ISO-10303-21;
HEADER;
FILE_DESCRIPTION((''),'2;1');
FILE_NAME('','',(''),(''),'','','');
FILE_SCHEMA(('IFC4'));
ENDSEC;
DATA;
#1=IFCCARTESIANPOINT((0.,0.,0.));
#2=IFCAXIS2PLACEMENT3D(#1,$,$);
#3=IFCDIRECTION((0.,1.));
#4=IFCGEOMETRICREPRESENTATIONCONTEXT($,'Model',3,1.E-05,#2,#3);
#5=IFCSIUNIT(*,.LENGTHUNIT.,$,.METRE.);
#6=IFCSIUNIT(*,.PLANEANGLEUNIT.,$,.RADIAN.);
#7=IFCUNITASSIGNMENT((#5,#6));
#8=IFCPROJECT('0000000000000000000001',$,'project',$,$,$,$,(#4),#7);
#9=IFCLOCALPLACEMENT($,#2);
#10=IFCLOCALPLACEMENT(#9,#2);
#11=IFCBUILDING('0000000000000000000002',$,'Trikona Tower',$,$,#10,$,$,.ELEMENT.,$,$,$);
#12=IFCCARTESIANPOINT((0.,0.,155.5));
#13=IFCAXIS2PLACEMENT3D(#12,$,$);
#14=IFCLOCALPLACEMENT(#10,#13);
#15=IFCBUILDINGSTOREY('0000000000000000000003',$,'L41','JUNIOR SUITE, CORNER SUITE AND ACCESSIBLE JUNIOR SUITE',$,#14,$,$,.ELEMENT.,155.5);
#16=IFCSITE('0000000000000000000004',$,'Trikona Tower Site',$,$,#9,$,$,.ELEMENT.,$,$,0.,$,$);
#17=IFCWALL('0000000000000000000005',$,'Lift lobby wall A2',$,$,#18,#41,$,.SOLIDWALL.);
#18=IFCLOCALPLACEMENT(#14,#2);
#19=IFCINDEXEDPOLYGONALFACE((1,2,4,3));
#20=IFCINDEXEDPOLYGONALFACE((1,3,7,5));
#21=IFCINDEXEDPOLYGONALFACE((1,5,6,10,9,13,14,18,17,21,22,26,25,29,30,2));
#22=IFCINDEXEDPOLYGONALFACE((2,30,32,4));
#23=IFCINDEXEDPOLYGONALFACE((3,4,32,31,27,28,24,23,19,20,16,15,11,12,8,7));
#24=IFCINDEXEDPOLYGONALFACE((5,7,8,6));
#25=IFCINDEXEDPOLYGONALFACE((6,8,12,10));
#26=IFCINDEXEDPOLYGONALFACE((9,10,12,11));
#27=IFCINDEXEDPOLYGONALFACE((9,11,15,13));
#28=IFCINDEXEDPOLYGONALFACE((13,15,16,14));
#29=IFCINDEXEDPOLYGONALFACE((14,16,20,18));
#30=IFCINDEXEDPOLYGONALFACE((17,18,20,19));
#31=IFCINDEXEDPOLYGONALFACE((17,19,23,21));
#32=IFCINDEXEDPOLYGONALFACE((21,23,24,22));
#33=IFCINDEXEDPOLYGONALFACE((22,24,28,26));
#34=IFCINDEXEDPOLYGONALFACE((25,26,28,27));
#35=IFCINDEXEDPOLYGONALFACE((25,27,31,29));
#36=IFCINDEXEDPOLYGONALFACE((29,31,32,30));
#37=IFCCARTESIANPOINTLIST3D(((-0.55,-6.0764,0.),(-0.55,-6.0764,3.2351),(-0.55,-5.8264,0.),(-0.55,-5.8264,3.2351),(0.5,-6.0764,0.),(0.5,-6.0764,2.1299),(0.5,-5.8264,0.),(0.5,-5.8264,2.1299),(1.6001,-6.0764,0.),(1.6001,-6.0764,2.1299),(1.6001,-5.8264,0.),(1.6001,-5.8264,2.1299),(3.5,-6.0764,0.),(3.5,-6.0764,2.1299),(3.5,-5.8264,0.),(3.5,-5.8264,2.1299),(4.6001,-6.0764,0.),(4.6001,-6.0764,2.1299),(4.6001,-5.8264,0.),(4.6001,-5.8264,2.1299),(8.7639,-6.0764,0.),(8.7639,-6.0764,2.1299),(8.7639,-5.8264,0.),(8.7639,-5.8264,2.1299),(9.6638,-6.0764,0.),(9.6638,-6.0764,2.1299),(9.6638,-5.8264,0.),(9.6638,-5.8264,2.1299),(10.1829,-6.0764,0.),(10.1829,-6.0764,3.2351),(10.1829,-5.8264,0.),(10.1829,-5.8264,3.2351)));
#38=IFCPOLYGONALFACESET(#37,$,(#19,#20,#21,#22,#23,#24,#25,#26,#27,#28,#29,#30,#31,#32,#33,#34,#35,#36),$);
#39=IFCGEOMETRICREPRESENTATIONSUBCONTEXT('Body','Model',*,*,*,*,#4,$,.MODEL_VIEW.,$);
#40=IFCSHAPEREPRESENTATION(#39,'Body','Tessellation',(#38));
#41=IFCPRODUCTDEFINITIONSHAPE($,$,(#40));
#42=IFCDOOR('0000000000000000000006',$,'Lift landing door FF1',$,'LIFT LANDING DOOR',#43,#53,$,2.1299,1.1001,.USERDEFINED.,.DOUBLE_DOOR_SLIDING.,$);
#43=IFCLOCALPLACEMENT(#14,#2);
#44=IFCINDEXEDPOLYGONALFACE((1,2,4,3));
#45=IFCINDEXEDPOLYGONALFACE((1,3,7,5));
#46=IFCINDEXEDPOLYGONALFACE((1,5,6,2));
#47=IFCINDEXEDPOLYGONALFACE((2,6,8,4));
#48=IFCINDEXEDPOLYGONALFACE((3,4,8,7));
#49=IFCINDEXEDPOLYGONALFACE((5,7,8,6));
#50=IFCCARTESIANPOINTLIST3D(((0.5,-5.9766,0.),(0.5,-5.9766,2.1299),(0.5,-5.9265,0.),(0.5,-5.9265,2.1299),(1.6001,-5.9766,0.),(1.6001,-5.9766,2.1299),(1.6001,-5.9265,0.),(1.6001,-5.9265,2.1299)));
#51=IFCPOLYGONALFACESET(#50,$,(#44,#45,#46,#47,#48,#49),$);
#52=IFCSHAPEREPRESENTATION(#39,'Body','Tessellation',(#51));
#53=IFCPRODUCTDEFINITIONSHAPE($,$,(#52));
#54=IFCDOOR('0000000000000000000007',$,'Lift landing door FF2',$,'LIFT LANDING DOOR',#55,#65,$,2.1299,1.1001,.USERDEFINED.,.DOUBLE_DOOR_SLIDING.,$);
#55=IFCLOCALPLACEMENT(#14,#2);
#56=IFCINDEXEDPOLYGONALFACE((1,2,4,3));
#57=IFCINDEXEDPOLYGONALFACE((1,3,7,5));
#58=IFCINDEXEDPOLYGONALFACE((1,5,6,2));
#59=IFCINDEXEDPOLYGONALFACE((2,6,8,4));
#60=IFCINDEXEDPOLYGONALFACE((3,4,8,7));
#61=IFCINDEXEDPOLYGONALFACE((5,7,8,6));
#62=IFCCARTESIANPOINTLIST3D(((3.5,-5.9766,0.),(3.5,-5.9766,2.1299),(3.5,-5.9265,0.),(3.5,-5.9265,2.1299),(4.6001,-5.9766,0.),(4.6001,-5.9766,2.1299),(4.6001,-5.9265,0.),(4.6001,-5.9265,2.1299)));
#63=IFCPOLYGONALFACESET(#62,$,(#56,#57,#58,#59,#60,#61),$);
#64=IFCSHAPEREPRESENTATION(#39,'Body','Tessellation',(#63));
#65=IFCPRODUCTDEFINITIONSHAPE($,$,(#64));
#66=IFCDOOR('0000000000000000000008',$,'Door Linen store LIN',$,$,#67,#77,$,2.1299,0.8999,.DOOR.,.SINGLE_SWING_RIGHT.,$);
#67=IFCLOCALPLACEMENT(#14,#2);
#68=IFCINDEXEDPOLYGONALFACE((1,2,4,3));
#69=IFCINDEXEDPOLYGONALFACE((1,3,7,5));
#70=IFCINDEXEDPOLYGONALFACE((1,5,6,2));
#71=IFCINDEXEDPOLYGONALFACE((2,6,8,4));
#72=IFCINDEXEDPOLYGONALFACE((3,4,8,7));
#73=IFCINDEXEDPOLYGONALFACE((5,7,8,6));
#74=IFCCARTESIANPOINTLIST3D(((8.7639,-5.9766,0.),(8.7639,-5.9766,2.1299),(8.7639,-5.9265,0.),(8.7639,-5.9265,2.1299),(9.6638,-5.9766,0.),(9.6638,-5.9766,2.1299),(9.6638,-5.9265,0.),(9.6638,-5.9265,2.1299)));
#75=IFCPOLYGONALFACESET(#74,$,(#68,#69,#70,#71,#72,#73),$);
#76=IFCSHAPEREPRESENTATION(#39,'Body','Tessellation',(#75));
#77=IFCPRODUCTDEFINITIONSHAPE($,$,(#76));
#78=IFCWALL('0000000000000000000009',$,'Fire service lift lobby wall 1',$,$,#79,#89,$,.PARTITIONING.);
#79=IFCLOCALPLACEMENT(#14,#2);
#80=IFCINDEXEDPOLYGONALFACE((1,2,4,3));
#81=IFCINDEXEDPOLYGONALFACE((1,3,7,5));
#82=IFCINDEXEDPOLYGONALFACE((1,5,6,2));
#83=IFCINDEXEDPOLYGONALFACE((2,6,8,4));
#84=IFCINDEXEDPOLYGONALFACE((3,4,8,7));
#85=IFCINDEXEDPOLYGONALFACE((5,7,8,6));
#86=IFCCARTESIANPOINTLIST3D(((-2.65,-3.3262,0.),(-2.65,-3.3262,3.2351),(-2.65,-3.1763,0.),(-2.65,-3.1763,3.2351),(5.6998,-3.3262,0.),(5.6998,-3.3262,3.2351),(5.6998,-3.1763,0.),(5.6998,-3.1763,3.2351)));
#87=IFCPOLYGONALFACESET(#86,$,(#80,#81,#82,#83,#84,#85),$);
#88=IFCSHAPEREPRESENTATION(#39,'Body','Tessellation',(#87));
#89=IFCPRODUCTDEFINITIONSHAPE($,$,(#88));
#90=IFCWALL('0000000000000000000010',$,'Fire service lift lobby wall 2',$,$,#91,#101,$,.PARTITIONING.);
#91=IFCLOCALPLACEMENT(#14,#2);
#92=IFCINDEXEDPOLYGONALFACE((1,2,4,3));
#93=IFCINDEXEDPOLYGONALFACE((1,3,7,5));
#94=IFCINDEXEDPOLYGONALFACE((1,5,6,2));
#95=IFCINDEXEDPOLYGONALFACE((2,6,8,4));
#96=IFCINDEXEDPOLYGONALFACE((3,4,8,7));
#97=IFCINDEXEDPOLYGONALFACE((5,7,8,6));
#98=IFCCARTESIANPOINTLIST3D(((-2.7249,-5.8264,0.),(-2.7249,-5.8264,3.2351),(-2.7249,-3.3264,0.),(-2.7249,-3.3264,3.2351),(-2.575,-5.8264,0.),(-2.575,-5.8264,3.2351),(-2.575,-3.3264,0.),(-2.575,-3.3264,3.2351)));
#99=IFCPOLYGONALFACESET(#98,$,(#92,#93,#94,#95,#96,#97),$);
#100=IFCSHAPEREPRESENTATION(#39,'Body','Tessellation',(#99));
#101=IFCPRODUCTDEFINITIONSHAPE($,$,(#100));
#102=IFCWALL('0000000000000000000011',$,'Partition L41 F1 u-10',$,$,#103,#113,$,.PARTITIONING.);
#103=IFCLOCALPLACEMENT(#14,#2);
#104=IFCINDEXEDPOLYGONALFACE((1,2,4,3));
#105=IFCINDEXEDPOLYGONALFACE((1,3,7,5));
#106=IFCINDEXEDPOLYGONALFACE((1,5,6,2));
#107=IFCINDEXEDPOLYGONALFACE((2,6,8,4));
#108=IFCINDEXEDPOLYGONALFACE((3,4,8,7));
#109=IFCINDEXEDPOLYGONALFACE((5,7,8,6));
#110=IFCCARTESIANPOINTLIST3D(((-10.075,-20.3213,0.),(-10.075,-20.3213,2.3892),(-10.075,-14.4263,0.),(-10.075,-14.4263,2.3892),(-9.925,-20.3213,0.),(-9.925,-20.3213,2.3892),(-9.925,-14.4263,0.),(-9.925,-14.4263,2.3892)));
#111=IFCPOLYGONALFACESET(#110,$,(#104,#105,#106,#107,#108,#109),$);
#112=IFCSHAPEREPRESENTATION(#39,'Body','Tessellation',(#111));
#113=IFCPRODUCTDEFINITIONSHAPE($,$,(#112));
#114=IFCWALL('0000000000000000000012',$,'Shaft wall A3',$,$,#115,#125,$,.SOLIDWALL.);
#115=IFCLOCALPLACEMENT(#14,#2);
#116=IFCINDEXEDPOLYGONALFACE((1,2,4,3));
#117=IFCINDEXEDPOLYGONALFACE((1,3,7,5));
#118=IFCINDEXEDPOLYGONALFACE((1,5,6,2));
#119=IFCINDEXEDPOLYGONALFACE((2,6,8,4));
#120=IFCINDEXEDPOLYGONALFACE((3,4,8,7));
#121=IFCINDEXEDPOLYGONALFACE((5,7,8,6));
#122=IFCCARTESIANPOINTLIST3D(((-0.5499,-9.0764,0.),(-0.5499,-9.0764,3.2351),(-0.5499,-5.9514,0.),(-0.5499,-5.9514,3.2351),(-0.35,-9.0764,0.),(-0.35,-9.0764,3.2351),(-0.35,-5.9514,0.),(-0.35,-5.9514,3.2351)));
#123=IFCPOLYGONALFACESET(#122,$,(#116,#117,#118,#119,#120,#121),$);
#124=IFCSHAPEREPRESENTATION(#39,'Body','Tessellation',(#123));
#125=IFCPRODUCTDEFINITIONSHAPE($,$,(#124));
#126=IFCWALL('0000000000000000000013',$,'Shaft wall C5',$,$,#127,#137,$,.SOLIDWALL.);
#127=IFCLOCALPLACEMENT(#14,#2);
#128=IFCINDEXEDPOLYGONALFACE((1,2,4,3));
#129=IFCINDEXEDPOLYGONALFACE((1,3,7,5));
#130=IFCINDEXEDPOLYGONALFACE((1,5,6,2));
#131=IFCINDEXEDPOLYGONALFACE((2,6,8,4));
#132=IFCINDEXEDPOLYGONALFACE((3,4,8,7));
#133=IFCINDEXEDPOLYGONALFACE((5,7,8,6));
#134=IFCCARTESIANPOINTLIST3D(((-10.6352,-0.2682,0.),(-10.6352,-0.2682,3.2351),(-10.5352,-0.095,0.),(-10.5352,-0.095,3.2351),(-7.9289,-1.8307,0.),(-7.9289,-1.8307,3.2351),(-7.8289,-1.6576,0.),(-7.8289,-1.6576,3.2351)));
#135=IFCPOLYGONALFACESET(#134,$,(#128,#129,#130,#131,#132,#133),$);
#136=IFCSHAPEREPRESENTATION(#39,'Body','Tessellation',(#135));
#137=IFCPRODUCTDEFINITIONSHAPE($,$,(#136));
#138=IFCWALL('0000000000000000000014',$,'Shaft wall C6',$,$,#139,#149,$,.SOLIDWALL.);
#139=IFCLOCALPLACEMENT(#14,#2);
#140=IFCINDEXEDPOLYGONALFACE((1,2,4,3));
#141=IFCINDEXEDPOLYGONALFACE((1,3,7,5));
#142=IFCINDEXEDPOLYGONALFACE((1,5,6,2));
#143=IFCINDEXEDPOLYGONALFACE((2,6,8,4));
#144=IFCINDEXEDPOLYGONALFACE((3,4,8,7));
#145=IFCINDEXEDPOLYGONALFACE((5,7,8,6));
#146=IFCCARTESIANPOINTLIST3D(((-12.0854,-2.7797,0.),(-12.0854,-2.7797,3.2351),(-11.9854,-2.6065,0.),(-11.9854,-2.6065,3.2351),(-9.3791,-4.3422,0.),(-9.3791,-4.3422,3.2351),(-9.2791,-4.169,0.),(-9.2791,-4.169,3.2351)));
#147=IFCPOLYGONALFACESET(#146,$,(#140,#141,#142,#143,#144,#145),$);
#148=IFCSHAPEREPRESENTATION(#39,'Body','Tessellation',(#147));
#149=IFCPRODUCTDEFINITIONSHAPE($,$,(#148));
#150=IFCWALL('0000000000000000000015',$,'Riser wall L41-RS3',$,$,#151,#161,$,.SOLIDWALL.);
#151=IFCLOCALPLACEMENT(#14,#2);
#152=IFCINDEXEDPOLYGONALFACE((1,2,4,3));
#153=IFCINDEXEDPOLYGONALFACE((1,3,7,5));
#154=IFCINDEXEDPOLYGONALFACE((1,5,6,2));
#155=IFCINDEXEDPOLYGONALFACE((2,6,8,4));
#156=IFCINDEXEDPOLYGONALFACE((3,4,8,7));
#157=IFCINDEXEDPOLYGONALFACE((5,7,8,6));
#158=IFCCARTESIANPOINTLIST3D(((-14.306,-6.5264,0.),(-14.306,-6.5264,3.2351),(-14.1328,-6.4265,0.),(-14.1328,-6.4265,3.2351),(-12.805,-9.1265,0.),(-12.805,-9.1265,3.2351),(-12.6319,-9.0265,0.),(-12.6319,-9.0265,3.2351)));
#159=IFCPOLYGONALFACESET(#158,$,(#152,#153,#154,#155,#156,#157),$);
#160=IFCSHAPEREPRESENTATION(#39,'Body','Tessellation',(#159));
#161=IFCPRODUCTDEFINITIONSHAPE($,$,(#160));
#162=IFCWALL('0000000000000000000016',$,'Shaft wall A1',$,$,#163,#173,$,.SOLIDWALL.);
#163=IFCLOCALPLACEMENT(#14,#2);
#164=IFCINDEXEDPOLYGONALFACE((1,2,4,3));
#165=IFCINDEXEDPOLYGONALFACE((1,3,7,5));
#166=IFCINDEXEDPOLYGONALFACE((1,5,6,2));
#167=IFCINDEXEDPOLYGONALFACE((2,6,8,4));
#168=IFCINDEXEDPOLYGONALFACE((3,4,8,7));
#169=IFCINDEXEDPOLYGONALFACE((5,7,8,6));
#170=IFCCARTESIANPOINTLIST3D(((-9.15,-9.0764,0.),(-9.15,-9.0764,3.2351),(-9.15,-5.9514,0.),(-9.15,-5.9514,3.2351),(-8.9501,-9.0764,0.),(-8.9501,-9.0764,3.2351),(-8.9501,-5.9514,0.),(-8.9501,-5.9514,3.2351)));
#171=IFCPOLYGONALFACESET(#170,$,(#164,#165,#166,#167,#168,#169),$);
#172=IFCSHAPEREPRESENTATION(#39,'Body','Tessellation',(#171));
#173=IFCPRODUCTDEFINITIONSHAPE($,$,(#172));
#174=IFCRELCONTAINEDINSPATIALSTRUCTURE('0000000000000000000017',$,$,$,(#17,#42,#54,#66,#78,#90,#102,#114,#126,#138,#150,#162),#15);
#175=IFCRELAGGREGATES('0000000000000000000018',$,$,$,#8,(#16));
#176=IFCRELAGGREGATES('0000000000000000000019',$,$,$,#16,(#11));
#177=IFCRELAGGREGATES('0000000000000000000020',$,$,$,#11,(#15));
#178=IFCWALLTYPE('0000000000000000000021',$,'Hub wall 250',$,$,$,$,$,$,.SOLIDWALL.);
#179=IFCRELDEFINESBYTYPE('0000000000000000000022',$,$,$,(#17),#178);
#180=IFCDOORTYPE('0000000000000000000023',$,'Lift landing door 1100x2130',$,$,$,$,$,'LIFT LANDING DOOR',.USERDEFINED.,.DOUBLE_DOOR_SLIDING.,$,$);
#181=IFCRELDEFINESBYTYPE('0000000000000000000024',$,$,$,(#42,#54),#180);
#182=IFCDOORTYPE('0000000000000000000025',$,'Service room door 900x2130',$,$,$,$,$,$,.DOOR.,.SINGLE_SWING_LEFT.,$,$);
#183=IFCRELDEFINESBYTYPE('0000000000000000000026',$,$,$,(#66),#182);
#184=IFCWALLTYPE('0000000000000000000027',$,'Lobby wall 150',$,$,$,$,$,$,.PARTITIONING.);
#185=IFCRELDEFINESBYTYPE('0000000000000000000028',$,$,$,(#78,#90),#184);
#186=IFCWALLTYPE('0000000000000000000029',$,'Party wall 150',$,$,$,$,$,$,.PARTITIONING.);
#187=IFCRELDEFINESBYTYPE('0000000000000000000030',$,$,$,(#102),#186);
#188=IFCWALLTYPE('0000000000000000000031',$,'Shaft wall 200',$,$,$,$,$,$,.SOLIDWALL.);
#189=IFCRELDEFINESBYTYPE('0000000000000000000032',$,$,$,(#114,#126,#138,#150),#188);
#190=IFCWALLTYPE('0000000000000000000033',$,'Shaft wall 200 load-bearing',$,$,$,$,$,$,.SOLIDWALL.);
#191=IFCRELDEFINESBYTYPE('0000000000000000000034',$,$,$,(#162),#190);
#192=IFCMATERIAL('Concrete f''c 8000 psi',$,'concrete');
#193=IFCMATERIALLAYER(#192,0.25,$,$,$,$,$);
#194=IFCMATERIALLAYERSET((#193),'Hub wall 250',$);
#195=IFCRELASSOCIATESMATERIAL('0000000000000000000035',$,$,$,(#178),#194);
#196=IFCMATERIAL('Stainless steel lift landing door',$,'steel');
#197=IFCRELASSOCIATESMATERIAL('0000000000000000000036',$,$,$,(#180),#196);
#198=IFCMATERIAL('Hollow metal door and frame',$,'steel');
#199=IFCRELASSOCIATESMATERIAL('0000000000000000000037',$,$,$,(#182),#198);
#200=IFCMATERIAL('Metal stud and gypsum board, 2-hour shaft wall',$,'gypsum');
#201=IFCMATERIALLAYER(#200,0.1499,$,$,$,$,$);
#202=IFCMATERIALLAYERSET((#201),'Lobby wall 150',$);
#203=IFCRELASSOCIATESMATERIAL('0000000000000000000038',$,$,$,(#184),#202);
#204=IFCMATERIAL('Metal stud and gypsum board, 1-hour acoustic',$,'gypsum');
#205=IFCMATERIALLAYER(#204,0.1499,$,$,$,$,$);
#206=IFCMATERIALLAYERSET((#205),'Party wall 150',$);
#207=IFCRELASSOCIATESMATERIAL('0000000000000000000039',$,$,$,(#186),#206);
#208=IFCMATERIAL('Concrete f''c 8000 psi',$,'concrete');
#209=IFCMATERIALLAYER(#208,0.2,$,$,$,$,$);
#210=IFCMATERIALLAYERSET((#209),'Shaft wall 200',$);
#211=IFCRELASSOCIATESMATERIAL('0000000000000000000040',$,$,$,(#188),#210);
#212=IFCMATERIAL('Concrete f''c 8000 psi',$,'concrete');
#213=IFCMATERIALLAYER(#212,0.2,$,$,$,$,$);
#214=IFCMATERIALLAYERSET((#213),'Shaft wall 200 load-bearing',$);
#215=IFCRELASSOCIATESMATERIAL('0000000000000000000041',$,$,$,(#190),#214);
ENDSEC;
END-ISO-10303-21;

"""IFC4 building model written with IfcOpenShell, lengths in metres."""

from ifc_helpers import new_model, si_unit, direction, frame, frame_2d, origin, place, context, subcontext, project, spatial, rectangle, extrude, material, layer, layer_set, type_object, element, fill, save


model = new_model("IFC4")

# Units and contexts
model_context = context("Model", 3, precision=1e-05, world=origin(), true_north=direction((0.0, 1.0)))
body_context = subcontext(model_context, "Body", "Model", "MODEL_VIEW")
ifc_project = project(units=[si_unit("LENGTHUNIT", "METRE"), si_unit("PLANEANGLEUNIT", "RADIAN")], contexts=[model_context])

# Site, building, storey
site_placement = place(None, origin())
site = spatial("IfcSite", under=ifc_project, at=site_placement, Name="Trikona Tower Site", CompositionType="ELEMENT", RefElevation=0.0)
building_placement = place(site_placement, origin())
building = spatial("IfcBuilding", under=site, at=building_placement, Name="Trikona Tower", CompositionType="ELEMENT")
storey_placement = place(building_placement, frame((0.0, 0.0, 155.5)))
storey = spatial("IfcBuildingStorey", under=building, at=storey_placement, Name="L41", Description="JUNIOR SUITE, CORNER SUITE AND ACCESSIBLE JUNIOR SUITE", CompositionType="ELEMENT", Elevation=155.5)

# Shared definitions
ifc_material_1 = material(Name="Concrete f'c 8000 psi", Category="concrete")
ifc_layer_1 = layer(ifc_material_1, 0.25)
ifc_layer_set_1 = layer_set([ifc_layer_1], Name="Hub wall 250")
wall_type_1 = type_object("IfcWallType", Name="Hub wall 250", PredefinedType="SOLIDWALL", material=ifc_layer_set_1)

# Wall, openings, doors
wall_1_placement = place(storey_placement, frame((-0.55, -5.9514, 0.0), z_axis=(0.0, 0.0, 1.0), x_axis=(1.0, 0.0, 0.0)))
wall_1 = element("IfcWall", 1, at=wall_1_placement, inside=storey, type_object=wall_type_1, Name="Lift lobby wall A2", PredefinedType="SOLIDWALL", context=body_context, shape_type="SweptSolid", body=[
    extrude(rectangle(XDim=10.7329, YDim=0.25, at=frame_2d((5.3665, 0.0))), origin(), (0.0, 0.0, 1.0), 3.2351),
])
opening_1_placement = place(wall_1_placement, frame((9.314, 0.0, 0.0)))
opening_1 = element("IfcOpeningElement", 2, at=opening_1_placement, cuts=wall_1, PredefinedType="OPENING", context=body_context, shape_type="SweptSolid", body=[
    extrude(rectangle(XDim=0.8999, YDim=2.1299, at=frame_2d((0.45, 1.0649))), frame((0.0, 0.135, 0.0), z_axis=(0.0, -1.0, 0.0), x_axis=(1.0, 0.0, 0.0)), (0.0, 0.0, 1.0), 0.27),
])
opening_2_placement = place(wall_1_placement, frame((1.05, 0.0, 0.0)))
opening_2 = element("IfcOpeningElement", 3, at=opening_2_placement, cuts=wall_1, PredefinedType="OPENING", context=body_context, shape_type="SweptSolid", body=[
    extrude(rectangle(XDim=1.1001, YDim=2.1299, at=frame_2d((0.55, 1.0649))), frame((0.0, 0.135, 0.0), z_axis=(0.0, -1.0, 0.0), x_axis=(1.0, 0.0, 0.0)), (0.0, 0.0, 1.0), 0.27),
])
opening_3_placement = place(wall_1_placement, frame((4.05, 0.0, 0.0)))
opening_3 = element("IfcOpeningElement", 4, at=opening_3_placement, cuts=wall_1, PredefinedType="OPENING", context=body_context, shape_type="SweptSolid", body=[
    extrude(rectangle(XDim=1.1001, YDim=2.1299, at=frame_2d((0.55, 1.0649))), frame((0.0, 0.135, 0.0), z_axis=(0.0, -1.0, 0.0), x_axis=(1.0, 0.0, 0.0)), (0.0, 0.0, 1.0), 0.27),
])
ifc_material_2 = material(Name="Stainless steel lift landing door", Category="steel")
door_type_1 = type_object("IfcDoorType", Name="Lift landing door 1100x2130", ElementType="LIFT LANDING DOOR", OperationType="DOUBLE_DOOR_SLIDING", PredefinedType="USERDEFINED", material=ifc_material_2)
door_1_placement = place(opening_2_placement, origin())
door_1 = element("IfcDoor", 5, at=door_1_placement, inside=storey, type_object=door_type_1, Name="Lift landing door FF1", ObjectType="LIFT LANDING DOOR", OperationType="DOUBLE_DOOR_SLIDING", OverallHeight=2.1299, OverallWidth=1.1001, PredefinedType="USERDEFINED", context=body_context, shape_type="SweptSolid", body=[
    extrude(rectangle(XDim=1.1001, YDim=2.1299, at=frame_2d((0.55, 1.0649))), frame((0.0, 0.0249, 0.0), z_axis=(0.0, -1.0, 0.0), x_axis=(1.0, 0.0, 0.0)), (0.0, 0.0, 1.0), 0.05),
])
fill(opening_2, door_1)
door_2_placement = place(opening_3_placement, origin())
door_2 = element("IfcDoor", 6, at=door_2_placement, inside=storey, type_object=door_type_1, Name="Lift landing door FF2", ObjectType="LIFT LANDING DOOR", OperationType="DOUBLE_DOOR_SLIDING", OverallHeight=2.1299, OverallWidth=1.1001, PredefinedType="USERDEFINED", context=body_context, shape_type="SweptSolid", body=[
    extrude(rectangle(XDim=1.1001, YDim=2.1299, at=frame_2d((0.55, 1.0649))), frame((0.0, 0.0249, 0.0), z_axis=(0.0, -1.0, 0.0), x_axis=(1.0, 0.0, 0.0)), (0.0, 0.0, 1.0), 0.05),
])
fill(opening_3, door_2)
ifc_material_3 = material(Name="Hollow metal door and frame", Category="steel")
door_type_2 = type_object("IfcDoorType", Name="Service room door 900x2130", OperationType="SINGLE_SWING_LEFT", PredefinedType="DOOR", material=ifc_material_3)
door_3_placement = place(opening_1_placement, origin())
door_3 = element("IfcDoor", 7, at=door_3_placement, inside=storey, type_object=door_type_2, Name="Door Linen store LIN", OperationType="SINGLE_SWING_RIGHT", OverallHeight=2.1299, OverallWidth=0.8999, PredefinedType="DOOR", context=body_context, shape_type="SweptSolid", body=[
    extrude(rectangle(XDim=0.8999, YDim=2.1299, at=frame_2d((0.45, 1.0649))), frame((0.0, 0.0249, 0.0), z_axis=(0.0, -1.0, 0.0), x_axis=(1.0, 0.0, 0.0)), (0.0, 0.0, 1.0), 0.05),
])
fill(opening_1, door_3)

# Walls
ifc_material_4 = material(Name="Metal stud and gypsum board, 2-hour shaft wall", Category="gypsum")
ifc_layer_2 = layer(ifc_material_4, 0.1499)
ifc_layer_set_2 = layer_set([ifc_layer_2], Name="Lobby wall 150")
wall_type_2 = type_object("IfcWallType", Name="Lobby wall 150", PredefinedType="PARTITIONING", material=ifc_layer_set_2)
wall_2_placement = place(storey_placement, frame((-2.6499, -3.2512, 0.0), z_axis=(0.0, 0.0, 1.0), x_axis=(1.0, 0.0, 0.0)))
element("IfcWall", 8, at=wall_2_placement, inside=storey, type_object=wall_type_2, Name="Fire service lift lobby wall 1", PredefinedType="PARTITIONING", context=body_context, shape_type="SweptSolid", body=[
    extrude(rectangle(XDim=8.3499, YDim=0.1499, at=frame_2d((4.1748, 0.0))), origin(), (0.0, 0.0, 1.0), 3.2351),
])
wall_3_placement = place(storey_placement, frame((-2.6499, -5.8264, 0.0), z_axis=(0.0, 0.0, 1.0), x_axis=(0.0, 1.0, 0.0)))
element("IfcWall", 9, at=wall_3_placement, inside=storey, type_object=wall_type_2, Name="Fire service lift lobby wall 2", PredefinedType="PARTITIONING", context=body_context, shape_type="SweptSolid", body=[
    extrude(rectangle(XDim=2.5, YDim=0.1499, at=frame_2d((1.25, 0.0))), origin(), (0.0, 0.0, 1.0), 3.2351),
])
ifc_material_5 = material(Name="Metal stud and gypsum board, 1-hour acoustic", Category="gypsum")
ifc_layer_3 = layer(ifc_material_5, 0.1499)
ifc_layer_set_3 = layer_set([ifc_layer_3], Name="Party wall 150")
wall_type_3 = type_object("IfcWallType", Name="Party wall 150", PredefinedType="PARTITIONING", material=ifc_layer_set_3)
wall_4_placement = place(storey_placement, frame((-10.0, -14.4263, 0.0), z_axis=(0.0, 0.0, 1.0), x_axis=(0.0, -1.0, 0.0)))
element("IfcWall", 10, at=wall_4_placement, inside=storey, type_object=wall_type_3, Name="Partition L41 F1 u-10", PredefinedType="PARTITIONING", context=body_context, shape_type="SweptSolid", body=[
    extrude(rectangle(XDim=5.895, YDim=0.1499, at=frame_2d((2.9475, 0.0))), origin(), (0.0, 0.0, 1.0), 2.3892),
])
ifc_material_6 = material(Name="Concrete f'c 8000 psi", Category="concrete")
ifc_layer_4 = layer(ifc_material_6, 0.2)
ifc_layer_set_4 = layer_set([ifc_layer_4], Name="Shaft wall 200")
wall_type_4 = type_object("IfcWallType", Name="Shaft wall 200", PredefinedType="SOLIDWALL", material=ifc_layer_set_4)
for number, where, z_axis, x_axis, name in (
    (11, (-0.45, -5.9514, 0.0), (0.0, 0.0, 1.0), (0.0, -1.0, 0.0), "Shaft wall A3"),
    (12, (-7.8789, -1.7441, 0.0), (0.0, 0.0, 1.0), (-0.866023, 0.500004, 0.0), "Shaft wall C5"),
    (13, (-9.3291, -4.2556, 0.0), (0.0, 0.0, 1.0), (-0.866023, 0.500004, 0.0), "Shaft wall C6"),
):
    element("IfcWall", number, at=place(storey_placement, frame(where, z_axis=z_axis, x_axis=x_axis)), inside=storey, type_object=wall_type_4, Name=name, PredefinedType="SOLIDWALL", context=body_context, shape_type="SweptSolid", body=[
        extrude(rectangle(XDim=3.125, YDim=0.2, at=frame_2d((1.5625, 0.0))), origin(), (0.0, 0.0, 1.0), 3.2351),
    ])
wall_5_placement = place(storey_placement, frame((-12.7185, -9.0764, 0.0), z_axis=(0.0, 0.0, 1.0), x_axis=(-0.499952, 0.866053, 0.0)))
element("IfcWall", 14, at=wall_5_placement, inside=storey, type_object=wall_type_4, Name="Riser wall L41-RS3", PredefinedType="SOLIDWALL", context=body_context, shape_type="SweptSolid", body=[
    extrude(rectangle(XDim=3.0022, YDim=0.2, at=frame_2d((1.501, 0.0))), origin(), (0.0, 0.0, 1.0), 3.2351),
])
ifc_material_7 = material(Name="Concrete f'c 8000 psi", Category="concrete")
ifc_layer_5 = layer(ifc_material_7, 0.2)
ifc_layer_set_5 = layer_set([ifc_layer_5], Name="Shaft wall 200 load-bearing")
wall_type_5 = type_object("IfcWallType", Name="Shaft wall 200 load-bearing", PredefinedType="SOLIDWALL", material=ifc_layer_set_5)
wall_6_placement = place(storey_placement, frame((-9.05, -5.9514, 0.0), z_axis=(0.0, 0.0, 1.0), x_axis=(0.0, -1.0, 0.0)))
element("IfcWall", 15, at=wall_6_placement, inside=storey, type_object=wall_type_5, Name="Shaft wall A1", PredefinedType="SOLIDWALL", context=body_context, shape_type="SweptSolid", body=[
    extrude(rectangle(XDim=3.125, YDim=0.2, at=frame_2d((1.5625, 0.0))), origin(), (0.0, 0.0, 1.0), 3.2351),
])

save(model, "model.ifc")
